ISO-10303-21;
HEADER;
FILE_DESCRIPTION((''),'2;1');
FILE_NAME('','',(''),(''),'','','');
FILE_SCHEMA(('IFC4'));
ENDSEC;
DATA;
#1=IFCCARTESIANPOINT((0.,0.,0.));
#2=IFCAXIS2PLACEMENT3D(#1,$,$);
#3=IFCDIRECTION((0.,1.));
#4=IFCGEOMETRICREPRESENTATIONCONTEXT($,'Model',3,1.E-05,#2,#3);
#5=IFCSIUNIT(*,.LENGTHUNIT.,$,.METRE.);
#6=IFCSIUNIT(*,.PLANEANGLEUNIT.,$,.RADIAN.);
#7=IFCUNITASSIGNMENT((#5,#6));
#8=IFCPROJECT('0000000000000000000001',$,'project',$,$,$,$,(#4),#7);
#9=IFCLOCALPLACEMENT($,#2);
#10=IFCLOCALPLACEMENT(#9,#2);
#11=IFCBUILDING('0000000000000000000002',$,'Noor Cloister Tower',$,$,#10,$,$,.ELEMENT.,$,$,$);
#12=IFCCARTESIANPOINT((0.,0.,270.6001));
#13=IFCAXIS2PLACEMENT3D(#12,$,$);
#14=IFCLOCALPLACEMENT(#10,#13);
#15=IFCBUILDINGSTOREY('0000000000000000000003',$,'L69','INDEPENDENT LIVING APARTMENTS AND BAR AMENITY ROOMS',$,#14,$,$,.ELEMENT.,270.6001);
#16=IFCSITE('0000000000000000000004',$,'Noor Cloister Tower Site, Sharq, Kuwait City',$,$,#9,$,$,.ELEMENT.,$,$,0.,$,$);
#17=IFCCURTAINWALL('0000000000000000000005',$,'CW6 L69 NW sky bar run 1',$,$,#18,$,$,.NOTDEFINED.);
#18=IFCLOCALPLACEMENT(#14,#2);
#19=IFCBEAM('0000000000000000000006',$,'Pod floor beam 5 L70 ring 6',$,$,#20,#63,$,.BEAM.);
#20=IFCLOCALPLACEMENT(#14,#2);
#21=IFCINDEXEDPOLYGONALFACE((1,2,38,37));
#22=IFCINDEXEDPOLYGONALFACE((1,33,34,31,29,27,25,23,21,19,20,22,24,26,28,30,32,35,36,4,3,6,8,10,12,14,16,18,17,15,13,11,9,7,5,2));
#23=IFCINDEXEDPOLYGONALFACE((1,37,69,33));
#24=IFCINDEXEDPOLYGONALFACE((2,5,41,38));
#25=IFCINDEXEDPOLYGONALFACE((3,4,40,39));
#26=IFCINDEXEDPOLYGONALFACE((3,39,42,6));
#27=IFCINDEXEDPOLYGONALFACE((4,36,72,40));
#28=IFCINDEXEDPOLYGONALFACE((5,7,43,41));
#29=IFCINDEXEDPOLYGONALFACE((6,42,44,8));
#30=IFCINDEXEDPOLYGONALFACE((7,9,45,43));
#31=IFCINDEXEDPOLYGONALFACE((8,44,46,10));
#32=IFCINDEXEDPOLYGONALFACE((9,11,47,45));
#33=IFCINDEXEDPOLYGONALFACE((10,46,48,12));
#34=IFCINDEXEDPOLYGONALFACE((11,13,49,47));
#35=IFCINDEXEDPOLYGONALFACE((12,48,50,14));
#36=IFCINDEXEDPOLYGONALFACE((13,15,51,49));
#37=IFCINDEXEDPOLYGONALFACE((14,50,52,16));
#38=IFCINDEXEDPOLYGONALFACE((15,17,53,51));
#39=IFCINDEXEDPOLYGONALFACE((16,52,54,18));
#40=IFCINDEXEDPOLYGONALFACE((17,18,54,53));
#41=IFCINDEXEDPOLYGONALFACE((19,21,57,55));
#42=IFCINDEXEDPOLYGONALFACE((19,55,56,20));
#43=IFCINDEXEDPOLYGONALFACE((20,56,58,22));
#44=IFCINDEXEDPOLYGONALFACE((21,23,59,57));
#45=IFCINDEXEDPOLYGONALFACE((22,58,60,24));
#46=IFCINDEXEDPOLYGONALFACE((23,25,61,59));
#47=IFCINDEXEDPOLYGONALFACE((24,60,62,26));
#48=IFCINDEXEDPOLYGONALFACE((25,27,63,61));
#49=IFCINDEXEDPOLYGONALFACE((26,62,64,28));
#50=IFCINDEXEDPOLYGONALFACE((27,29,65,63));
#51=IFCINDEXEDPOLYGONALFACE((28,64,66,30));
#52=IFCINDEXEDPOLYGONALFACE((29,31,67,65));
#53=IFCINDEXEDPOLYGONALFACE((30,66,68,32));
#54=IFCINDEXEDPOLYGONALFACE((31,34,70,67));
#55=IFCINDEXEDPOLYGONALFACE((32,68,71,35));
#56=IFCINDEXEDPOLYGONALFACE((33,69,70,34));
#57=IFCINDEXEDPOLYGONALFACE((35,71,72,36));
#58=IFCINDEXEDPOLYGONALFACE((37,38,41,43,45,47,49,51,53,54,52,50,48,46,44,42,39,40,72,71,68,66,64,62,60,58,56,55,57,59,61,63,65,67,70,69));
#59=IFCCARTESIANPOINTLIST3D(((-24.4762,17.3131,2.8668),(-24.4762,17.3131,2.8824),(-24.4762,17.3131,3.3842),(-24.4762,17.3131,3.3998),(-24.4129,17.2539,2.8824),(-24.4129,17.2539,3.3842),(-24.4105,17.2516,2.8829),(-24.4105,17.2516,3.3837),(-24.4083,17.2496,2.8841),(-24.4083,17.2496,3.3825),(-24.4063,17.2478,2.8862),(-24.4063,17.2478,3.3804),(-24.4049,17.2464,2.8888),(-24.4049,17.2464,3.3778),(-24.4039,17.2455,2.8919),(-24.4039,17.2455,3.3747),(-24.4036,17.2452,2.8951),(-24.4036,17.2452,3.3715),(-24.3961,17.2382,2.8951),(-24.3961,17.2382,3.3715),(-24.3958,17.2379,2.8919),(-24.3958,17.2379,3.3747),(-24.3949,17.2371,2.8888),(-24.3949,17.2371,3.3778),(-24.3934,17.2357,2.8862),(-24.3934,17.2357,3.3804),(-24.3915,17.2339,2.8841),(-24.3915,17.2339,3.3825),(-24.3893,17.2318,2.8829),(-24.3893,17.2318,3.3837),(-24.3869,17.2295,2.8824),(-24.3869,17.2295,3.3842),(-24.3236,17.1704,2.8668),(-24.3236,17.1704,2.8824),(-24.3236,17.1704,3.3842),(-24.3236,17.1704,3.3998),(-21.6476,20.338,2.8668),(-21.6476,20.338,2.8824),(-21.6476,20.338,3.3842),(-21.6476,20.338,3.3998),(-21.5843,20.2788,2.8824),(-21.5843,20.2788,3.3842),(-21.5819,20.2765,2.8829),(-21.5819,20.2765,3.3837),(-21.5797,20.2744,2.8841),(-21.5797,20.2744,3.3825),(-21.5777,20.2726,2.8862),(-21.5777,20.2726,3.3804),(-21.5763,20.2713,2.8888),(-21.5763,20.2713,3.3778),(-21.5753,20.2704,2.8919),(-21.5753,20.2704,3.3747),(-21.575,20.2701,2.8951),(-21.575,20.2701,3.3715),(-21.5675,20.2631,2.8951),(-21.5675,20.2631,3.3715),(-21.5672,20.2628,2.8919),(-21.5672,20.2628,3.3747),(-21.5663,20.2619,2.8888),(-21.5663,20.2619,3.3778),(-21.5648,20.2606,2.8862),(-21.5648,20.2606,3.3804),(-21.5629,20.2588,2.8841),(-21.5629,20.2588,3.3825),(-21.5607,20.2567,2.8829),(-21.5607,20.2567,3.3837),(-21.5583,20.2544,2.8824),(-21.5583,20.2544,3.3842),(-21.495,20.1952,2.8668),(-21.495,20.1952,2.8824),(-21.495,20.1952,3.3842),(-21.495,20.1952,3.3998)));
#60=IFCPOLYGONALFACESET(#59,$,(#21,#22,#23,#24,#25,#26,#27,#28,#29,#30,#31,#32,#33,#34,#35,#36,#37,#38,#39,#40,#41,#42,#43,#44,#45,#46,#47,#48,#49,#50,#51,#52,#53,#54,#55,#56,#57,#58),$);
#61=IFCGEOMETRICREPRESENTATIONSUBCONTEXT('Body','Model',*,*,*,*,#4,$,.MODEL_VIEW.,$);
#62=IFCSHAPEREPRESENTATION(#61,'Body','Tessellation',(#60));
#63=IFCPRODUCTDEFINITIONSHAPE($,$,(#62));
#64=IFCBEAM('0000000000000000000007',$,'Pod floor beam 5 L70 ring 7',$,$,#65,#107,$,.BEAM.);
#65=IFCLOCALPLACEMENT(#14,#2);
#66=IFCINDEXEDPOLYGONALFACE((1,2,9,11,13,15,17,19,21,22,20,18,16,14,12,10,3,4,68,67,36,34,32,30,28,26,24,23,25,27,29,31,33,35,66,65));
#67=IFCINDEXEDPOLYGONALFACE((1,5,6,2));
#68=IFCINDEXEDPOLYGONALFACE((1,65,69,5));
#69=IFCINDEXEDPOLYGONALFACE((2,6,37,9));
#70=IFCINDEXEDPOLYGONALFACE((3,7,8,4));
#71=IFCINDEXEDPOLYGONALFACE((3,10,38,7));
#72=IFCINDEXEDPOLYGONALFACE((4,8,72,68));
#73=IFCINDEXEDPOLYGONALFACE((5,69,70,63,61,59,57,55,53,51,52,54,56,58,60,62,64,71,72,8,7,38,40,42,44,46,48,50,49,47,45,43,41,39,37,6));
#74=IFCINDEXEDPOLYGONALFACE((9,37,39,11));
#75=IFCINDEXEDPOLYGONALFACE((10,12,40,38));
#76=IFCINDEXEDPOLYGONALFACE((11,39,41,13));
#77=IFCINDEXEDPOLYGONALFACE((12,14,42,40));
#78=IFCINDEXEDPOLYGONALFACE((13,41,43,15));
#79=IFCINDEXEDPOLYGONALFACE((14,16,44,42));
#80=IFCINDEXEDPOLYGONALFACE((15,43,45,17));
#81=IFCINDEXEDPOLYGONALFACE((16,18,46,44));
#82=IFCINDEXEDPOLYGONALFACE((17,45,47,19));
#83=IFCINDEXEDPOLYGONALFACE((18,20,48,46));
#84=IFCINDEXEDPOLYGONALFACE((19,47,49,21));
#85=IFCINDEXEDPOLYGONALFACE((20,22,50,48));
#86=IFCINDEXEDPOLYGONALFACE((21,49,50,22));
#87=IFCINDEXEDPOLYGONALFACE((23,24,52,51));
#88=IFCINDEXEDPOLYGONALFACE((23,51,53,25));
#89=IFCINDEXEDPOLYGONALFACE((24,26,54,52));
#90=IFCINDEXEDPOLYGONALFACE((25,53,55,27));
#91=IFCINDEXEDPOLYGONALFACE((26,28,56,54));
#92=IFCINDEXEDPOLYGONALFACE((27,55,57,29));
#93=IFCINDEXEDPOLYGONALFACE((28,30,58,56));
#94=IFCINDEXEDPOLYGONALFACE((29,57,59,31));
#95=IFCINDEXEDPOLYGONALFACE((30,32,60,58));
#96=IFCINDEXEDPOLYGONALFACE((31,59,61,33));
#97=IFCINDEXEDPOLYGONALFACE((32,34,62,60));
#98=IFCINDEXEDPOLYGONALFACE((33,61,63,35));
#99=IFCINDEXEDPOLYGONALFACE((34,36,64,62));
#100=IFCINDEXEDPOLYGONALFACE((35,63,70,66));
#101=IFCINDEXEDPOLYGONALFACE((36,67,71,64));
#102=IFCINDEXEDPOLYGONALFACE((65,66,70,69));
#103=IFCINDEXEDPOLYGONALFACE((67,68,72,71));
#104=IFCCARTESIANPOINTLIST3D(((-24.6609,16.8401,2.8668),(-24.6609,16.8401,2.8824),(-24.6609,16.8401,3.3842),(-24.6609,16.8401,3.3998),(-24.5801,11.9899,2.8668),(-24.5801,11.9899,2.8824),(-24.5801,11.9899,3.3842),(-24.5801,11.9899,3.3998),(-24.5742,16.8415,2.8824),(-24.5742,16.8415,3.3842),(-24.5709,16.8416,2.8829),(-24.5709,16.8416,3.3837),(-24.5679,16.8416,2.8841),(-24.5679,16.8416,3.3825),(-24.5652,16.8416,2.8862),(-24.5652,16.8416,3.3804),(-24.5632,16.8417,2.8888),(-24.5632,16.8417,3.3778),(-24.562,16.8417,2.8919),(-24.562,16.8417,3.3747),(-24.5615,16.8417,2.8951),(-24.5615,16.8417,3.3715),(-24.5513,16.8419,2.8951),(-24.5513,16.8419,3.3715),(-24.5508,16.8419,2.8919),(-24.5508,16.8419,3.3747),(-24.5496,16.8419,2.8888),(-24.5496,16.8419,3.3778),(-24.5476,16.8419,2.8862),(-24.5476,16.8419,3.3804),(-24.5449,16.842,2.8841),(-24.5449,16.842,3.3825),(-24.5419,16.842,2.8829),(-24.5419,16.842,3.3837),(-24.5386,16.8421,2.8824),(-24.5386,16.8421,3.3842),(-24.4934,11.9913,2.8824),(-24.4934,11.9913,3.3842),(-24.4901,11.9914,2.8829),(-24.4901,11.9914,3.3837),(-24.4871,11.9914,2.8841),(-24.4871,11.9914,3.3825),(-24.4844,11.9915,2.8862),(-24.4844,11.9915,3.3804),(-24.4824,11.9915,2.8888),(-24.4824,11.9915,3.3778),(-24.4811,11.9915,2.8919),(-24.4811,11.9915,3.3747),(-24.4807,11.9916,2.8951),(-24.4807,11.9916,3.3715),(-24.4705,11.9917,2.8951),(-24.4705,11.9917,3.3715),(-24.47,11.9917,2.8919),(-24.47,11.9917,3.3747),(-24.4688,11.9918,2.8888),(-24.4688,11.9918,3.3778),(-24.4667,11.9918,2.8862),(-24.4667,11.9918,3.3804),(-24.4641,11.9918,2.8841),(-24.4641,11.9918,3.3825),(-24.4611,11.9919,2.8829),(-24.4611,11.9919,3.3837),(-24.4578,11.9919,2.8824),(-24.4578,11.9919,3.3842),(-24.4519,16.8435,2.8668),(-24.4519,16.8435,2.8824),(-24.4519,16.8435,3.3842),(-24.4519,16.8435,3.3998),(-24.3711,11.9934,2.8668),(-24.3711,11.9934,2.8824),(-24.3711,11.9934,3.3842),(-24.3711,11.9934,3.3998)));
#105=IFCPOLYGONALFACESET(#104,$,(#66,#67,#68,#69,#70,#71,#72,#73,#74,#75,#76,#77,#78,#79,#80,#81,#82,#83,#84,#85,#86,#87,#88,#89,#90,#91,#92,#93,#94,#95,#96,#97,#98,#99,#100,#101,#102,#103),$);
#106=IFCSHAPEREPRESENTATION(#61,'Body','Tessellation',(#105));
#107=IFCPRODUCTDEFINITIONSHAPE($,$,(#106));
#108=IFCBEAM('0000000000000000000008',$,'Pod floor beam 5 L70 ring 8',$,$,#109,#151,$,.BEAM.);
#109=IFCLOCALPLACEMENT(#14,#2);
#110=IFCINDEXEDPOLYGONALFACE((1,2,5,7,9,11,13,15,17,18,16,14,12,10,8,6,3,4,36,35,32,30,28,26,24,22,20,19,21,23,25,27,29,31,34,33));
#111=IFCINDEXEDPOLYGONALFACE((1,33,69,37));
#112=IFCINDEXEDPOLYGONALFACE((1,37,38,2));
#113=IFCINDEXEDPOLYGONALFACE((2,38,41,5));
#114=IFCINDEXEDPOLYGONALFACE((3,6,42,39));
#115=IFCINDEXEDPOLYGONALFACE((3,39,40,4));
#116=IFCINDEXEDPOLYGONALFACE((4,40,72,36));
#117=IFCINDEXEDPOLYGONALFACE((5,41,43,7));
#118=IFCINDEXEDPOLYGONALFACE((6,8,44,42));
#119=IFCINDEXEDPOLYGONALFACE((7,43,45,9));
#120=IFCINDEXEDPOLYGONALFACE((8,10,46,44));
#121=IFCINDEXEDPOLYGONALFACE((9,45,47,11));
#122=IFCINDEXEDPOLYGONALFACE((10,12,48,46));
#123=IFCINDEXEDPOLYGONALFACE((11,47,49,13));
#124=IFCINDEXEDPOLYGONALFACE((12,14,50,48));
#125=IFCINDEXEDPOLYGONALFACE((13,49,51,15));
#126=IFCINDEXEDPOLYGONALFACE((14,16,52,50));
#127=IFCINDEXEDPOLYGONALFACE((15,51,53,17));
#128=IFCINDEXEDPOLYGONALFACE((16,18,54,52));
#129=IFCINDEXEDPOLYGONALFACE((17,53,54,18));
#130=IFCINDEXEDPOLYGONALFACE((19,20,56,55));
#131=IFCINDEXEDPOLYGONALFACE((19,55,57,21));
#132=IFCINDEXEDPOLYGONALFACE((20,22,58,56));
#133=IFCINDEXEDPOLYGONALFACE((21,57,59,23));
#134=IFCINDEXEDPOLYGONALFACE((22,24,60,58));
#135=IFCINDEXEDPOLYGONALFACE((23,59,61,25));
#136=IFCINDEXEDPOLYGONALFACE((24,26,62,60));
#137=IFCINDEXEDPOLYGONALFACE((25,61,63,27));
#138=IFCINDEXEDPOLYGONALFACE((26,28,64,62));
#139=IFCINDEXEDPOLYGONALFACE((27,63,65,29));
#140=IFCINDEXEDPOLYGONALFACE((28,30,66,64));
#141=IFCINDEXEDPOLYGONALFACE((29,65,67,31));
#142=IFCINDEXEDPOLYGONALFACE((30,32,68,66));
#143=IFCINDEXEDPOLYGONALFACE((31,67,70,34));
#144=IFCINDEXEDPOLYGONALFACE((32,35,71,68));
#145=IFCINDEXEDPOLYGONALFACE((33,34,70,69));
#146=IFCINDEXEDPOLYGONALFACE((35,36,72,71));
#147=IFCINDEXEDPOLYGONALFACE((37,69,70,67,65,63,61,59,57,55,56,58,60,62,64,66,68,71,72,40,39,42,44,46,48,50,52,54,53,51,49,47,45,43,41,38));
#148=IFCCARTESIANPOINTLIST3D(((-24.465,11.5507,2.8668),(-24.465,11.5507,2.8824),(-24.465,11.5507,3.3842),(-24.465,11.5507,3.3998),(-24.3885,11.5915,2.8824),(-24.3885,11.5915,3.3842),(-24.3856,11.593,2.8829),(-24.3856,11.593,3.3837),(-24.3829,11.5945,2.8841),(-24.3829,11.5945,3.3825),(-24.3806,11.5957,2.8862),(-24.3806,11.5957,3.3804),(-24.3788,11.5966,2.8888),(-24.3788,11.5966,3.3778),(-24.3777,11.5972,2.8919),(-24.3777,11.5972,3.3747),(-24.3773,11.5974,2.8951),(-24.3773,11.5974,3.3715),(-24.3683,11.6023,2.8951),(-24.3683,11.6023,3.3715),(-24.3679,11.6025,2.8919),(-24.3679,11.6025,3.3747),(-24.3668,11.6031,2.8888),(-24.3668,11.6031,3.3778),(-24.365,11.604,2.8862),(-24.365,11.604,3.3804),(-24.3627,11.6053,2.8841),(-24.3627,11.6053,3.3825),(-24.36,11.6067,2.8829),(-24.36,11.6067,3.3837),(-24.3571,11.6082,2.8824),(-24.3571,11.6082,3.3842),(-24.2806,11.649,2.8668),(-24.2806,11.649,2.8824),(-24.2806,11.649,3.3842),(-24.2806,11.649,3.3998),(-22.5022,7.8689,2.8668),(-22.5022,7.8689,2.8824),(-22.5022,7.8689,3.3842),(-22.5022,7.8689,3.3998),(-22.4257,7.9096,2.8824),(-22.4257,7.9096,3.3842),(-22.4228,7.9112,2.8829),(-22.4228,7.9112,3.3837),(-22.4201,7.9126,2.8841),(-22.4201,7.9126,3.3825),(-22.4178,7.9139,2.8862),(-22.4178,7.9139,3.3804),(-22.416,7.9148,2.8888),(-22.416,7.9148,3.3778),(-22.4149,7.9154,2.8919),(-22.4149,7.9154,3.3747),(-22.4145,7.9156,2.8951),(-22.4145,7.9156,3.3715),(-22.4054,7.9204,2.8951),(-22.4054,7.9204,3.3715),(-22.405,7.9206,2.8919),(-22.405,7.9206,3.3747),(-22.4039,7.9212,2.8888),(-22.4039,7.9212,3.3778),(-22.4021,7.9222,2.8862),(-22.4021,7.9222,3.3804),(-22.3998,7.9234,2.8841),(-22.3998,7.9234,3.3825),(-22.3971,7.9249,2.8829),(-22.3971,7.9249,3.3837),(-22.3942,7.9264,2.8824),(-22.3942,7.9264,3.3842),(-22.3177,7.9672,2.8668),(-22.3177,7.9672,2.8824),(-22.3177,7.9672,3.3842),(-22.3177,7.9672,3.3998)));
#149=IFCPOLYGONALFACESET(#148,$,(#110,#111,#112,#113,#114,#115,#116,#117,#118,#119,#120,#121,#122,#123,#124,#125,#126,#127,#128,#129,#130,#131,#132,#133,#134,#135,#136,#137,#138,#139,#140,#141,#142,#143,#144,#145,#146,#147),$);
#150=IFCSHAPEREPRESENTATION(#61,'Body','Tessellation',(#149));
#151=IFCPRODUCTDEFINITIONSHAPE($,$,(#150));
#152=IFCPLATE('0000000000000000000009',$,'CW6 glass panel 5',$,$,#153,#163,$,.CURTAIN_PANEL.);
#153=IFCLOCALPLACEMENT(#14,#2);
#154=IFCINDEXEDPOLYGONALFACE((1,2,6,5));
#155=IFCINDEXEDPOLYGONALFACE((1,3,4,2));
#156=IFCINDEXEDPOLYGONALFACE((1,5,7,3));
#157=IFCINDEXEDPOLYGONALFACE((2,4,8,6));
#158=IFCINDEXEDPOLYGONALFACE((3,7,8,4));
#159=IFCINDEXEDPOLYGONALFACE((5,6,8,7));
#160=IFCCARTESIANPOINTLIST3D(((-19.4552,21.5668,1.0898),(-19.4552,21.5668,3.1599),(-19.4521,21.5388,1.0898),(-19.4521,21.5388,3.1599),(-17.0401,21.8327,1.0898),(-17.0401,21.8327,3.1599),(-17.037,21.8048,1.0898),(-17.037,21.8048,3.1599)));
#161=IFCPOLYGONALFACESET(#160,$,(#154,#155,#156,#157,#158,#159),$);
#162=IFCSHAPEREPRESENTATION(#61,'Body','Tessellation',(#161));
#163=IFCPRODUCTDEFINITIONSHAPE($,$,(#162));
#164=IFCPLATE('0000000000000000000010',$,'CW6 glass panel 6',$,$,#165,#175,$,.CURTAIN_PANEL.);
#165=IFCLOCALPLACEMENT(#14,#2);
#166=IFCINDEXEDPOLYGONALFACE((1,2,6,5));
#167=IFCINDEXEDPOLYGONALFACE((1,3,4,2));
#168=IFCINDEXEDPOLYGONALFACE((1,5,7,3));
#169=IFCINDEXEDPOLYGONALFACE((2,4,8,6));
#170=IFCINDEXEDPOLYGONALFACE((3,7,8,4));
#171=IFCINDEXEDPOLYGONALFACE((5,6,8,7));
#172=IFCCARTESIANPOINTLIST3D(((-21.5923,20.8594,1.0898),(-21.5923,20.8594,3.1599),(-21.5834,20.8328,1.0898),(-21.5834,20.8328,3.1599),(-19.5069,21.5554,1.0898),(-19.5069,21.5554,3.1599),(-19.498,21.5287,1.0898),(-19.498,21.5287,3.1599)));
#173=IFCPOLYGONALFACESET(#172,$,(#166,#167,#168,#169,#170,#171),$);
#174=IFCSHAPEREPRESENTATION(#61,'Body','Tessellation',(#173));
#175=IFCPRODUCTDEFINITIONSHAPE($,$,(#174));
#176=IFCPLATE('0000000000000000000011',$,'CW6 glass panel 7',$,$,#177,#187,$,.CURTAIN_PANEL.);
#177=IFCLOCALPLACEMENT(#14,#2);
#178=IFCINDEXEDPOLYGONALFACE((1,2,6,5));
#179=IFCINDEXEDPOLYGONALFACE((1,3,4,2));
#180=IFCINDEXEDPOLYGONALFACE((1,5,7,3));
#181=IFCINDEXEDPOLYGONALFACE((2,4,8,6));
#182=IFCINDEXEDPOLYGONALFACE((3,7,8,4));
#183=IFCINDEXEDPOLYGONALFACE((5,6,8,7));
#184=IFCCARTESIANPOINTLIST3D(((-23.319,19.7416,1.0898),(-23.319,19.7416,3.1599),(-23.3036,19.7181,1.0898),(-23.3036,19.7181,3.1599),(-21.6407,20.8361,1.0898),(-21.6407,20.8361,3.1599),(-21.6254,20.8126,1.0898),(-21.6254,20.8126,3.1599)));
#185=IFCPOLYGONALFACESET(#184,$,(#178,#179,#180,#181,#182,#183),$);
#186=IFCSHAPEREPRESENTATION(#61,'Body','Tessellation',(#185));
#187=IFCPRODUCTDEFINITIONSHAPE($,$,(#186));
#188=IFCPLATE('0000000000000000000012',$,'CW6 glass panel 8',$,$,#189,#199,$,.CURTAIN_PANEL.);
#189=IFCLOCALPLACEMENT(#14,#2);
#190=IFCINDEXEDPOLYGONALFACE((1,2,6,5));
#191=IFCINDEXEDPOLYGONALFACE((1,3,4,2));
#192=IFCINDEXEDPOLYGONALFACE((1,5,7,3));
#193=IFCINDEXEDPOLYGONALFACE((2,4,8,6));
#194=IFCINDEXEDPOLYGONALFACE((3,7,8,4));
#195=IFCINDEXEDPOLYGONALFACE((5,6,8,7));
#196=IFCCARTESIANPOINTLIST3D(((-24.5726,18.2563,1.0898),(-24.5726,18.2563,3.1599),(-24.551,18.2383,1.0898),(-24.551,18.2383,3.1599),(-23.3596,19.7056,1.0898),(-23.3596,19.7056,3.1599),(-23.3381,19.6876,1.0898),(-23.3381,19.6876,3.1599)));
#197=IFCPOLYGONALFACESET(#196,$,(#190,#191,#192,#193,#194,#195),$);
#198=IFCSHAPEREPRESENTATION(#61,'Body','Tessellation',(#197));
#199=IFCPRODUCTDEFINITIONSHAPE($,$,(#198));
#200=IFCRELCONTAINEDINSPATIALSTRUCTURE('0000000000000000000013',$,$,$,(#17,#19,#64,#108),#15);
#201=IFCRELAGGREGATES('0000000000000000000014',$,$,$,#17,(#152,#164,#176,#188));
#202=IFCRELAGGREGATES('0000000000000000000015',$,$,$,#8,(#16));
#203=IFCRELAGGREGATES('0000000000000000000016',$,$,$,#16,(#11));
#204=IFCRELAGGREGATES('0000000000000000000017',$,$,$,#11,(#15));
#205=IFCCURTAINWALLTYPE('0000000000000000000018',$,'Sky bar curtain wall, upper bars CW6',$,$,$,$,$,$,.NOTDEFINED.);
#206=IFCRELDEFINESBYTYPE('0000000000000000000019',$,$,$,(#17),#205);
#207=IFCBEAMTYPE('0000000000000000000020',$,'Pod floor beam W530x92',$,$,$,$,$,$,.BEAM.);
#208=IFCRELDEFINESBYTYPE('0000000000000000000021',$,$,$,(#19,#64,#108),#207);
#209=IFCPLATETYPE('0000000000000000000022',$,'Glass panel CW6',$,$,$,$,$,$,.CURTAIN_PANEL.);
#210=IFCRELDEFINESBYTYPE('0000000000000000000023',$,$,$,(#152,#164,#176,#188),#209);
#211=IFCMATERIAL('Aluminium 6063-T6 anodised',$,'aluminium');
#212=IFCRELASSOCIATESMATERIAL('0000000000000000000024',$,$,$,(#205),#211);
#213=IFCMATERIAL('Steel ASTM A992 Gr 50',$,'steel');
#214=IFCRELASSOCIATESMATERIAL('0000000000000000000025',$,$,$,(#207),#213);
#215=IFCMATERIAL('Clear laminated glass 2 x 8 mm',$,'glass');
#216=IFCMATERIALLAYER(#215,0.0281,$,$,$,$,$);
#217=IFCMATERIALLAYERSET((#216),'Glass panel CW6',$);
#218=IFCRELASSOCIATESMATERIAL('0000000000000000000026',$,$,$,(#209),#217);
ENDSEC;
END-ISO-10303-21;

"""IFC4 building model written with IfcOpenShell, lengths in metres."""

from ifc_helpers import new_model, si_unit, direction, frame, origin, origin_2d, place, context, subcontext, project, spatial, rectangle, i_section, extrude, material, layer, layer_set, material_profile, profile_set, type_object, element, aggregate, save


model = new_model("IFC4")

# Units and contexts
model_context = context("Model", 3, precision=1e-05, world=origin(), true_north=direction((0.0, 1.0)))
body_context = subcontext(model_context, "Body", "Model", "MODEL_VIEW")
ifc_project = project(units=[si_unit("LENGTHUNIT", "METRE"), si_unit("PLANEANGLEUNIT", "RADIAN")], contexts=[model_context])

# Site, building, storey
site_placement = place(None, origin())
site = spatial("IfcSite", under=ifc_project, at=site_placement, Name="Noor Cloister Tower Site, Sharq, Kuwait City", CompositionType="ELEMENT", RefElevation=0.0)
building_placement = place(site_placement, origin())
building = spatial("IfcBuilding", under=site, at=building_placement, Name="Noor Cloister Tower", CompositionType="ELEMENT")
storey_placement = place(building_placement, frame((0.0, 0.0, 270.6001)))
storey = spatial("IfcBuildingStorey", under=building, at=storey_placement, Name="L69", Description="INDEPENDENT LIVING APARTMENTS AND BAR AMENITY ROOMS", CompositionType="ELEMENT", Elevation=270.6001)

# Curtain wall
ifc_material_1 = material(Name="Aluminium 6063-T6 anodised", Category="aluminium")
curtain_wall_type = type_object("IfcCurtainWallType", Name="Sky bar curtain wall, upper bars CW6", PredefinedType="NOTDEFINED", material=ifc_material_1)
curtain_wall_placement = place(storey_placement, origin())
curtain_wall = element("IfcCurtainWall", 1, at=curtain_wall_placement, inside=storey, type_object=curtain_wall_type, Name="CW6 L69 NW sky bar run 1", PredefinedType="NOTDEFINED")

# Beams
ifc_material_2 = material(Name="Steel ASTM A992 Gr 50", Category="steel")
ifc_material_profile_1 = material_profile(ifc_material_2, i_section(OverallWidth=0.209, OverallDepth=0.533, WebThickness=0.0103, FlangeThickness=0.0156, FilletRadius=0.0127, at=origin_2d()), Name="W530x92")
ifc_profile_set_1 = profile_set([ifc_material_profile_1], Name="Steel ASTM A992 Gr 50")
beam_type = type_object("IfcBeamType", Name="Pod floor beam W530x92", PredefinedType="BEAM", material=ifc_profile_set_1)
beam_1_placement = place(storey_placement, frame((-21.5713, 20.2666, 3.1333), z_axis=(-0.683011, -0.730408, 0.0), x_axis=(0.730408, -0.683011, 0.0)))
element("IfcBeam", 2, at=beam_1_placement, inside=storey, type_object=beam_type, Name="Pod floor beam 5 L70 ring 6", PredefinedType="BEAM", context=body_context, shape_type="SweptSolid", body=[
    extrude(i_section(OverallWidth=0.209, OverallDepth=0.533, WebThickness=0.0103, FlangeThickness=0.0156, FilletRadius=0.0127, at=origin_2d()), origin(), (0.0, 0.0, 1.0), 4.1414),
])
beam_2_placement = place(storey_placement, frame((-24.5564, 16.8418, 3.1333), z_axis=(0.016659, -0.999861, 0.0), x_axis=(0.999861, 0.016659, 0.0)))
element("IfcBeam", 3, at=beam_2_placement, inside=storey, type_object=beam_type, Name="Pod floor beam 5 L70 ring 7", PredefinedType="BEAM", context=body_context, shape_type="SweptSolid", body=[
    extrude(i_section(OverallWidth=0.209, OverallDepth=0.533, WebThickness=0.0103, FlangeThickness=0.0156, FilletRadius=0.0127, at=origin_2d()), origin(), (0.0, 0.0, 1.0), 4.8508),
])
beam_3_placement = place(storey_placement, frame((-24.3728, 11.5999, 3.1333), z_axis=(0.470442, -0.882431, 0.0), x_axis=(0.882431, 0.470442, 0.0)))
element("IfcBeam", 4, at=beam_3_placement, inside=storey, type_object=beam_type, Name="Pod floor beam 5 L70 ring 8", PredefinedType="BEAM", context=body_context, shape_type="SweptSolid", body=[
    extrude(i_section(OverallWidth=0.209, OverallDepth=0.533, WebThickness=0.0103, FlangeThickness=0.0156, FilletRadius=0.0127, at=origin_2d()), origin(), (0.0, 0.0, 1.0), 4.1724),
])

# Plates
ifc_material_3 = material(Name="Clear laminated glass 2 x 8 mm", Category="glass")
ifc_layer_1 = layer(ifc_material_3, 0.0281)
ifc_layer_set_1 = layer_set([ifc_layer_1], Name="Glass panel CW6")
plate_type = type_object("IfcPlateType", Name="Glass panel CW6", PredefinedType="CURTAIN_PANEL", material=ifc_layer_set_1)
plate_1_placement = place(storey_placement, frame((-18.2461, 21.6858, 1.0898), z_axis=(0.0, 0.0, 1.0), x_axis=(-0.99399, -0.109471, 0.0)))
plate_1 = element("IfcPlate", 5, at=plate_1_placement, type_object=plate_type, Name="CW6 glass panel 5", PredefinedType="CURTAIN_PANEL", context=body_context, shape_type="SweptSolid", body=[
    extrude(rectangle(XDim=2.4297, YDim=0.0281, at=origin_2d()), origin(), (0.0, 0.0, 1.0), 2.0701),
])
plate_2_placement = place(storey_placement, frame((-20.5452, 21.1941, 1.0898), z_axis=(0.0, 0.0, 1.0), x_axis=(-0.948577, -0.316547, 0.0)))
plate_2 = element("IfcPlate", 6, at=plate_2_placement, type_object=plate_type, Name="CW6 glass panel 6", PredefinedType="CURTAIN_PANEL", context=body_context, shape_type="SweptSolid", body=[
    extrude(rectangle(XDim=2.1985, YDim=0.0281, at=origin_2d()), origin(), (0.0, 0.0, 1.0), 2.0701),
])
plate_3_placement = place(storey_placement, frame((-22.4722, 20.2771, 1.0898), z_axis=(0.0, 0.0, 1.0), x_axis=(-0.837597, -0.546289, 0.0)))
plate_3 = element("IfcPlate", 7, at=plate_3_placement, type_object=plate_type, Name="CW6 glass panel 7", PredefinedType="CURTAIN_PANEL", context=body_context, shape_type="SweptSolid", body=[
    extrude(rectangle(XDim=2.0037, YDim=0.0281, at=origin_2d()), origin(), (0.0, 0.0, 1.0), 2.0701),
])
plate_4_placement = place(storey_placement, frame((-23.9553, 18.9719, 1.0898), z_axis=(0.0, 0.0, 1.0), x_axis=(-0.641815, -0.76686, 0.0)))
plate_4 = element("IfcPlate", 8, at=plate_4_placement, type_object=plate_type, Name="CW6 glass panel 8", PredefinedType="CURTAIN_PANEL", context=body_context, shape_type="SweptSolid", body=[
    extrude(rectangle(XDim=1.8899, YDim=0.0281, at=origin_2d()), origin(), (0.0, 0.0, 1.0), 2.0701),
])
aggregate(curtain_wall, [plate_1, plate_2, plate_3, plate_4])

save(model, "model.ifc")
